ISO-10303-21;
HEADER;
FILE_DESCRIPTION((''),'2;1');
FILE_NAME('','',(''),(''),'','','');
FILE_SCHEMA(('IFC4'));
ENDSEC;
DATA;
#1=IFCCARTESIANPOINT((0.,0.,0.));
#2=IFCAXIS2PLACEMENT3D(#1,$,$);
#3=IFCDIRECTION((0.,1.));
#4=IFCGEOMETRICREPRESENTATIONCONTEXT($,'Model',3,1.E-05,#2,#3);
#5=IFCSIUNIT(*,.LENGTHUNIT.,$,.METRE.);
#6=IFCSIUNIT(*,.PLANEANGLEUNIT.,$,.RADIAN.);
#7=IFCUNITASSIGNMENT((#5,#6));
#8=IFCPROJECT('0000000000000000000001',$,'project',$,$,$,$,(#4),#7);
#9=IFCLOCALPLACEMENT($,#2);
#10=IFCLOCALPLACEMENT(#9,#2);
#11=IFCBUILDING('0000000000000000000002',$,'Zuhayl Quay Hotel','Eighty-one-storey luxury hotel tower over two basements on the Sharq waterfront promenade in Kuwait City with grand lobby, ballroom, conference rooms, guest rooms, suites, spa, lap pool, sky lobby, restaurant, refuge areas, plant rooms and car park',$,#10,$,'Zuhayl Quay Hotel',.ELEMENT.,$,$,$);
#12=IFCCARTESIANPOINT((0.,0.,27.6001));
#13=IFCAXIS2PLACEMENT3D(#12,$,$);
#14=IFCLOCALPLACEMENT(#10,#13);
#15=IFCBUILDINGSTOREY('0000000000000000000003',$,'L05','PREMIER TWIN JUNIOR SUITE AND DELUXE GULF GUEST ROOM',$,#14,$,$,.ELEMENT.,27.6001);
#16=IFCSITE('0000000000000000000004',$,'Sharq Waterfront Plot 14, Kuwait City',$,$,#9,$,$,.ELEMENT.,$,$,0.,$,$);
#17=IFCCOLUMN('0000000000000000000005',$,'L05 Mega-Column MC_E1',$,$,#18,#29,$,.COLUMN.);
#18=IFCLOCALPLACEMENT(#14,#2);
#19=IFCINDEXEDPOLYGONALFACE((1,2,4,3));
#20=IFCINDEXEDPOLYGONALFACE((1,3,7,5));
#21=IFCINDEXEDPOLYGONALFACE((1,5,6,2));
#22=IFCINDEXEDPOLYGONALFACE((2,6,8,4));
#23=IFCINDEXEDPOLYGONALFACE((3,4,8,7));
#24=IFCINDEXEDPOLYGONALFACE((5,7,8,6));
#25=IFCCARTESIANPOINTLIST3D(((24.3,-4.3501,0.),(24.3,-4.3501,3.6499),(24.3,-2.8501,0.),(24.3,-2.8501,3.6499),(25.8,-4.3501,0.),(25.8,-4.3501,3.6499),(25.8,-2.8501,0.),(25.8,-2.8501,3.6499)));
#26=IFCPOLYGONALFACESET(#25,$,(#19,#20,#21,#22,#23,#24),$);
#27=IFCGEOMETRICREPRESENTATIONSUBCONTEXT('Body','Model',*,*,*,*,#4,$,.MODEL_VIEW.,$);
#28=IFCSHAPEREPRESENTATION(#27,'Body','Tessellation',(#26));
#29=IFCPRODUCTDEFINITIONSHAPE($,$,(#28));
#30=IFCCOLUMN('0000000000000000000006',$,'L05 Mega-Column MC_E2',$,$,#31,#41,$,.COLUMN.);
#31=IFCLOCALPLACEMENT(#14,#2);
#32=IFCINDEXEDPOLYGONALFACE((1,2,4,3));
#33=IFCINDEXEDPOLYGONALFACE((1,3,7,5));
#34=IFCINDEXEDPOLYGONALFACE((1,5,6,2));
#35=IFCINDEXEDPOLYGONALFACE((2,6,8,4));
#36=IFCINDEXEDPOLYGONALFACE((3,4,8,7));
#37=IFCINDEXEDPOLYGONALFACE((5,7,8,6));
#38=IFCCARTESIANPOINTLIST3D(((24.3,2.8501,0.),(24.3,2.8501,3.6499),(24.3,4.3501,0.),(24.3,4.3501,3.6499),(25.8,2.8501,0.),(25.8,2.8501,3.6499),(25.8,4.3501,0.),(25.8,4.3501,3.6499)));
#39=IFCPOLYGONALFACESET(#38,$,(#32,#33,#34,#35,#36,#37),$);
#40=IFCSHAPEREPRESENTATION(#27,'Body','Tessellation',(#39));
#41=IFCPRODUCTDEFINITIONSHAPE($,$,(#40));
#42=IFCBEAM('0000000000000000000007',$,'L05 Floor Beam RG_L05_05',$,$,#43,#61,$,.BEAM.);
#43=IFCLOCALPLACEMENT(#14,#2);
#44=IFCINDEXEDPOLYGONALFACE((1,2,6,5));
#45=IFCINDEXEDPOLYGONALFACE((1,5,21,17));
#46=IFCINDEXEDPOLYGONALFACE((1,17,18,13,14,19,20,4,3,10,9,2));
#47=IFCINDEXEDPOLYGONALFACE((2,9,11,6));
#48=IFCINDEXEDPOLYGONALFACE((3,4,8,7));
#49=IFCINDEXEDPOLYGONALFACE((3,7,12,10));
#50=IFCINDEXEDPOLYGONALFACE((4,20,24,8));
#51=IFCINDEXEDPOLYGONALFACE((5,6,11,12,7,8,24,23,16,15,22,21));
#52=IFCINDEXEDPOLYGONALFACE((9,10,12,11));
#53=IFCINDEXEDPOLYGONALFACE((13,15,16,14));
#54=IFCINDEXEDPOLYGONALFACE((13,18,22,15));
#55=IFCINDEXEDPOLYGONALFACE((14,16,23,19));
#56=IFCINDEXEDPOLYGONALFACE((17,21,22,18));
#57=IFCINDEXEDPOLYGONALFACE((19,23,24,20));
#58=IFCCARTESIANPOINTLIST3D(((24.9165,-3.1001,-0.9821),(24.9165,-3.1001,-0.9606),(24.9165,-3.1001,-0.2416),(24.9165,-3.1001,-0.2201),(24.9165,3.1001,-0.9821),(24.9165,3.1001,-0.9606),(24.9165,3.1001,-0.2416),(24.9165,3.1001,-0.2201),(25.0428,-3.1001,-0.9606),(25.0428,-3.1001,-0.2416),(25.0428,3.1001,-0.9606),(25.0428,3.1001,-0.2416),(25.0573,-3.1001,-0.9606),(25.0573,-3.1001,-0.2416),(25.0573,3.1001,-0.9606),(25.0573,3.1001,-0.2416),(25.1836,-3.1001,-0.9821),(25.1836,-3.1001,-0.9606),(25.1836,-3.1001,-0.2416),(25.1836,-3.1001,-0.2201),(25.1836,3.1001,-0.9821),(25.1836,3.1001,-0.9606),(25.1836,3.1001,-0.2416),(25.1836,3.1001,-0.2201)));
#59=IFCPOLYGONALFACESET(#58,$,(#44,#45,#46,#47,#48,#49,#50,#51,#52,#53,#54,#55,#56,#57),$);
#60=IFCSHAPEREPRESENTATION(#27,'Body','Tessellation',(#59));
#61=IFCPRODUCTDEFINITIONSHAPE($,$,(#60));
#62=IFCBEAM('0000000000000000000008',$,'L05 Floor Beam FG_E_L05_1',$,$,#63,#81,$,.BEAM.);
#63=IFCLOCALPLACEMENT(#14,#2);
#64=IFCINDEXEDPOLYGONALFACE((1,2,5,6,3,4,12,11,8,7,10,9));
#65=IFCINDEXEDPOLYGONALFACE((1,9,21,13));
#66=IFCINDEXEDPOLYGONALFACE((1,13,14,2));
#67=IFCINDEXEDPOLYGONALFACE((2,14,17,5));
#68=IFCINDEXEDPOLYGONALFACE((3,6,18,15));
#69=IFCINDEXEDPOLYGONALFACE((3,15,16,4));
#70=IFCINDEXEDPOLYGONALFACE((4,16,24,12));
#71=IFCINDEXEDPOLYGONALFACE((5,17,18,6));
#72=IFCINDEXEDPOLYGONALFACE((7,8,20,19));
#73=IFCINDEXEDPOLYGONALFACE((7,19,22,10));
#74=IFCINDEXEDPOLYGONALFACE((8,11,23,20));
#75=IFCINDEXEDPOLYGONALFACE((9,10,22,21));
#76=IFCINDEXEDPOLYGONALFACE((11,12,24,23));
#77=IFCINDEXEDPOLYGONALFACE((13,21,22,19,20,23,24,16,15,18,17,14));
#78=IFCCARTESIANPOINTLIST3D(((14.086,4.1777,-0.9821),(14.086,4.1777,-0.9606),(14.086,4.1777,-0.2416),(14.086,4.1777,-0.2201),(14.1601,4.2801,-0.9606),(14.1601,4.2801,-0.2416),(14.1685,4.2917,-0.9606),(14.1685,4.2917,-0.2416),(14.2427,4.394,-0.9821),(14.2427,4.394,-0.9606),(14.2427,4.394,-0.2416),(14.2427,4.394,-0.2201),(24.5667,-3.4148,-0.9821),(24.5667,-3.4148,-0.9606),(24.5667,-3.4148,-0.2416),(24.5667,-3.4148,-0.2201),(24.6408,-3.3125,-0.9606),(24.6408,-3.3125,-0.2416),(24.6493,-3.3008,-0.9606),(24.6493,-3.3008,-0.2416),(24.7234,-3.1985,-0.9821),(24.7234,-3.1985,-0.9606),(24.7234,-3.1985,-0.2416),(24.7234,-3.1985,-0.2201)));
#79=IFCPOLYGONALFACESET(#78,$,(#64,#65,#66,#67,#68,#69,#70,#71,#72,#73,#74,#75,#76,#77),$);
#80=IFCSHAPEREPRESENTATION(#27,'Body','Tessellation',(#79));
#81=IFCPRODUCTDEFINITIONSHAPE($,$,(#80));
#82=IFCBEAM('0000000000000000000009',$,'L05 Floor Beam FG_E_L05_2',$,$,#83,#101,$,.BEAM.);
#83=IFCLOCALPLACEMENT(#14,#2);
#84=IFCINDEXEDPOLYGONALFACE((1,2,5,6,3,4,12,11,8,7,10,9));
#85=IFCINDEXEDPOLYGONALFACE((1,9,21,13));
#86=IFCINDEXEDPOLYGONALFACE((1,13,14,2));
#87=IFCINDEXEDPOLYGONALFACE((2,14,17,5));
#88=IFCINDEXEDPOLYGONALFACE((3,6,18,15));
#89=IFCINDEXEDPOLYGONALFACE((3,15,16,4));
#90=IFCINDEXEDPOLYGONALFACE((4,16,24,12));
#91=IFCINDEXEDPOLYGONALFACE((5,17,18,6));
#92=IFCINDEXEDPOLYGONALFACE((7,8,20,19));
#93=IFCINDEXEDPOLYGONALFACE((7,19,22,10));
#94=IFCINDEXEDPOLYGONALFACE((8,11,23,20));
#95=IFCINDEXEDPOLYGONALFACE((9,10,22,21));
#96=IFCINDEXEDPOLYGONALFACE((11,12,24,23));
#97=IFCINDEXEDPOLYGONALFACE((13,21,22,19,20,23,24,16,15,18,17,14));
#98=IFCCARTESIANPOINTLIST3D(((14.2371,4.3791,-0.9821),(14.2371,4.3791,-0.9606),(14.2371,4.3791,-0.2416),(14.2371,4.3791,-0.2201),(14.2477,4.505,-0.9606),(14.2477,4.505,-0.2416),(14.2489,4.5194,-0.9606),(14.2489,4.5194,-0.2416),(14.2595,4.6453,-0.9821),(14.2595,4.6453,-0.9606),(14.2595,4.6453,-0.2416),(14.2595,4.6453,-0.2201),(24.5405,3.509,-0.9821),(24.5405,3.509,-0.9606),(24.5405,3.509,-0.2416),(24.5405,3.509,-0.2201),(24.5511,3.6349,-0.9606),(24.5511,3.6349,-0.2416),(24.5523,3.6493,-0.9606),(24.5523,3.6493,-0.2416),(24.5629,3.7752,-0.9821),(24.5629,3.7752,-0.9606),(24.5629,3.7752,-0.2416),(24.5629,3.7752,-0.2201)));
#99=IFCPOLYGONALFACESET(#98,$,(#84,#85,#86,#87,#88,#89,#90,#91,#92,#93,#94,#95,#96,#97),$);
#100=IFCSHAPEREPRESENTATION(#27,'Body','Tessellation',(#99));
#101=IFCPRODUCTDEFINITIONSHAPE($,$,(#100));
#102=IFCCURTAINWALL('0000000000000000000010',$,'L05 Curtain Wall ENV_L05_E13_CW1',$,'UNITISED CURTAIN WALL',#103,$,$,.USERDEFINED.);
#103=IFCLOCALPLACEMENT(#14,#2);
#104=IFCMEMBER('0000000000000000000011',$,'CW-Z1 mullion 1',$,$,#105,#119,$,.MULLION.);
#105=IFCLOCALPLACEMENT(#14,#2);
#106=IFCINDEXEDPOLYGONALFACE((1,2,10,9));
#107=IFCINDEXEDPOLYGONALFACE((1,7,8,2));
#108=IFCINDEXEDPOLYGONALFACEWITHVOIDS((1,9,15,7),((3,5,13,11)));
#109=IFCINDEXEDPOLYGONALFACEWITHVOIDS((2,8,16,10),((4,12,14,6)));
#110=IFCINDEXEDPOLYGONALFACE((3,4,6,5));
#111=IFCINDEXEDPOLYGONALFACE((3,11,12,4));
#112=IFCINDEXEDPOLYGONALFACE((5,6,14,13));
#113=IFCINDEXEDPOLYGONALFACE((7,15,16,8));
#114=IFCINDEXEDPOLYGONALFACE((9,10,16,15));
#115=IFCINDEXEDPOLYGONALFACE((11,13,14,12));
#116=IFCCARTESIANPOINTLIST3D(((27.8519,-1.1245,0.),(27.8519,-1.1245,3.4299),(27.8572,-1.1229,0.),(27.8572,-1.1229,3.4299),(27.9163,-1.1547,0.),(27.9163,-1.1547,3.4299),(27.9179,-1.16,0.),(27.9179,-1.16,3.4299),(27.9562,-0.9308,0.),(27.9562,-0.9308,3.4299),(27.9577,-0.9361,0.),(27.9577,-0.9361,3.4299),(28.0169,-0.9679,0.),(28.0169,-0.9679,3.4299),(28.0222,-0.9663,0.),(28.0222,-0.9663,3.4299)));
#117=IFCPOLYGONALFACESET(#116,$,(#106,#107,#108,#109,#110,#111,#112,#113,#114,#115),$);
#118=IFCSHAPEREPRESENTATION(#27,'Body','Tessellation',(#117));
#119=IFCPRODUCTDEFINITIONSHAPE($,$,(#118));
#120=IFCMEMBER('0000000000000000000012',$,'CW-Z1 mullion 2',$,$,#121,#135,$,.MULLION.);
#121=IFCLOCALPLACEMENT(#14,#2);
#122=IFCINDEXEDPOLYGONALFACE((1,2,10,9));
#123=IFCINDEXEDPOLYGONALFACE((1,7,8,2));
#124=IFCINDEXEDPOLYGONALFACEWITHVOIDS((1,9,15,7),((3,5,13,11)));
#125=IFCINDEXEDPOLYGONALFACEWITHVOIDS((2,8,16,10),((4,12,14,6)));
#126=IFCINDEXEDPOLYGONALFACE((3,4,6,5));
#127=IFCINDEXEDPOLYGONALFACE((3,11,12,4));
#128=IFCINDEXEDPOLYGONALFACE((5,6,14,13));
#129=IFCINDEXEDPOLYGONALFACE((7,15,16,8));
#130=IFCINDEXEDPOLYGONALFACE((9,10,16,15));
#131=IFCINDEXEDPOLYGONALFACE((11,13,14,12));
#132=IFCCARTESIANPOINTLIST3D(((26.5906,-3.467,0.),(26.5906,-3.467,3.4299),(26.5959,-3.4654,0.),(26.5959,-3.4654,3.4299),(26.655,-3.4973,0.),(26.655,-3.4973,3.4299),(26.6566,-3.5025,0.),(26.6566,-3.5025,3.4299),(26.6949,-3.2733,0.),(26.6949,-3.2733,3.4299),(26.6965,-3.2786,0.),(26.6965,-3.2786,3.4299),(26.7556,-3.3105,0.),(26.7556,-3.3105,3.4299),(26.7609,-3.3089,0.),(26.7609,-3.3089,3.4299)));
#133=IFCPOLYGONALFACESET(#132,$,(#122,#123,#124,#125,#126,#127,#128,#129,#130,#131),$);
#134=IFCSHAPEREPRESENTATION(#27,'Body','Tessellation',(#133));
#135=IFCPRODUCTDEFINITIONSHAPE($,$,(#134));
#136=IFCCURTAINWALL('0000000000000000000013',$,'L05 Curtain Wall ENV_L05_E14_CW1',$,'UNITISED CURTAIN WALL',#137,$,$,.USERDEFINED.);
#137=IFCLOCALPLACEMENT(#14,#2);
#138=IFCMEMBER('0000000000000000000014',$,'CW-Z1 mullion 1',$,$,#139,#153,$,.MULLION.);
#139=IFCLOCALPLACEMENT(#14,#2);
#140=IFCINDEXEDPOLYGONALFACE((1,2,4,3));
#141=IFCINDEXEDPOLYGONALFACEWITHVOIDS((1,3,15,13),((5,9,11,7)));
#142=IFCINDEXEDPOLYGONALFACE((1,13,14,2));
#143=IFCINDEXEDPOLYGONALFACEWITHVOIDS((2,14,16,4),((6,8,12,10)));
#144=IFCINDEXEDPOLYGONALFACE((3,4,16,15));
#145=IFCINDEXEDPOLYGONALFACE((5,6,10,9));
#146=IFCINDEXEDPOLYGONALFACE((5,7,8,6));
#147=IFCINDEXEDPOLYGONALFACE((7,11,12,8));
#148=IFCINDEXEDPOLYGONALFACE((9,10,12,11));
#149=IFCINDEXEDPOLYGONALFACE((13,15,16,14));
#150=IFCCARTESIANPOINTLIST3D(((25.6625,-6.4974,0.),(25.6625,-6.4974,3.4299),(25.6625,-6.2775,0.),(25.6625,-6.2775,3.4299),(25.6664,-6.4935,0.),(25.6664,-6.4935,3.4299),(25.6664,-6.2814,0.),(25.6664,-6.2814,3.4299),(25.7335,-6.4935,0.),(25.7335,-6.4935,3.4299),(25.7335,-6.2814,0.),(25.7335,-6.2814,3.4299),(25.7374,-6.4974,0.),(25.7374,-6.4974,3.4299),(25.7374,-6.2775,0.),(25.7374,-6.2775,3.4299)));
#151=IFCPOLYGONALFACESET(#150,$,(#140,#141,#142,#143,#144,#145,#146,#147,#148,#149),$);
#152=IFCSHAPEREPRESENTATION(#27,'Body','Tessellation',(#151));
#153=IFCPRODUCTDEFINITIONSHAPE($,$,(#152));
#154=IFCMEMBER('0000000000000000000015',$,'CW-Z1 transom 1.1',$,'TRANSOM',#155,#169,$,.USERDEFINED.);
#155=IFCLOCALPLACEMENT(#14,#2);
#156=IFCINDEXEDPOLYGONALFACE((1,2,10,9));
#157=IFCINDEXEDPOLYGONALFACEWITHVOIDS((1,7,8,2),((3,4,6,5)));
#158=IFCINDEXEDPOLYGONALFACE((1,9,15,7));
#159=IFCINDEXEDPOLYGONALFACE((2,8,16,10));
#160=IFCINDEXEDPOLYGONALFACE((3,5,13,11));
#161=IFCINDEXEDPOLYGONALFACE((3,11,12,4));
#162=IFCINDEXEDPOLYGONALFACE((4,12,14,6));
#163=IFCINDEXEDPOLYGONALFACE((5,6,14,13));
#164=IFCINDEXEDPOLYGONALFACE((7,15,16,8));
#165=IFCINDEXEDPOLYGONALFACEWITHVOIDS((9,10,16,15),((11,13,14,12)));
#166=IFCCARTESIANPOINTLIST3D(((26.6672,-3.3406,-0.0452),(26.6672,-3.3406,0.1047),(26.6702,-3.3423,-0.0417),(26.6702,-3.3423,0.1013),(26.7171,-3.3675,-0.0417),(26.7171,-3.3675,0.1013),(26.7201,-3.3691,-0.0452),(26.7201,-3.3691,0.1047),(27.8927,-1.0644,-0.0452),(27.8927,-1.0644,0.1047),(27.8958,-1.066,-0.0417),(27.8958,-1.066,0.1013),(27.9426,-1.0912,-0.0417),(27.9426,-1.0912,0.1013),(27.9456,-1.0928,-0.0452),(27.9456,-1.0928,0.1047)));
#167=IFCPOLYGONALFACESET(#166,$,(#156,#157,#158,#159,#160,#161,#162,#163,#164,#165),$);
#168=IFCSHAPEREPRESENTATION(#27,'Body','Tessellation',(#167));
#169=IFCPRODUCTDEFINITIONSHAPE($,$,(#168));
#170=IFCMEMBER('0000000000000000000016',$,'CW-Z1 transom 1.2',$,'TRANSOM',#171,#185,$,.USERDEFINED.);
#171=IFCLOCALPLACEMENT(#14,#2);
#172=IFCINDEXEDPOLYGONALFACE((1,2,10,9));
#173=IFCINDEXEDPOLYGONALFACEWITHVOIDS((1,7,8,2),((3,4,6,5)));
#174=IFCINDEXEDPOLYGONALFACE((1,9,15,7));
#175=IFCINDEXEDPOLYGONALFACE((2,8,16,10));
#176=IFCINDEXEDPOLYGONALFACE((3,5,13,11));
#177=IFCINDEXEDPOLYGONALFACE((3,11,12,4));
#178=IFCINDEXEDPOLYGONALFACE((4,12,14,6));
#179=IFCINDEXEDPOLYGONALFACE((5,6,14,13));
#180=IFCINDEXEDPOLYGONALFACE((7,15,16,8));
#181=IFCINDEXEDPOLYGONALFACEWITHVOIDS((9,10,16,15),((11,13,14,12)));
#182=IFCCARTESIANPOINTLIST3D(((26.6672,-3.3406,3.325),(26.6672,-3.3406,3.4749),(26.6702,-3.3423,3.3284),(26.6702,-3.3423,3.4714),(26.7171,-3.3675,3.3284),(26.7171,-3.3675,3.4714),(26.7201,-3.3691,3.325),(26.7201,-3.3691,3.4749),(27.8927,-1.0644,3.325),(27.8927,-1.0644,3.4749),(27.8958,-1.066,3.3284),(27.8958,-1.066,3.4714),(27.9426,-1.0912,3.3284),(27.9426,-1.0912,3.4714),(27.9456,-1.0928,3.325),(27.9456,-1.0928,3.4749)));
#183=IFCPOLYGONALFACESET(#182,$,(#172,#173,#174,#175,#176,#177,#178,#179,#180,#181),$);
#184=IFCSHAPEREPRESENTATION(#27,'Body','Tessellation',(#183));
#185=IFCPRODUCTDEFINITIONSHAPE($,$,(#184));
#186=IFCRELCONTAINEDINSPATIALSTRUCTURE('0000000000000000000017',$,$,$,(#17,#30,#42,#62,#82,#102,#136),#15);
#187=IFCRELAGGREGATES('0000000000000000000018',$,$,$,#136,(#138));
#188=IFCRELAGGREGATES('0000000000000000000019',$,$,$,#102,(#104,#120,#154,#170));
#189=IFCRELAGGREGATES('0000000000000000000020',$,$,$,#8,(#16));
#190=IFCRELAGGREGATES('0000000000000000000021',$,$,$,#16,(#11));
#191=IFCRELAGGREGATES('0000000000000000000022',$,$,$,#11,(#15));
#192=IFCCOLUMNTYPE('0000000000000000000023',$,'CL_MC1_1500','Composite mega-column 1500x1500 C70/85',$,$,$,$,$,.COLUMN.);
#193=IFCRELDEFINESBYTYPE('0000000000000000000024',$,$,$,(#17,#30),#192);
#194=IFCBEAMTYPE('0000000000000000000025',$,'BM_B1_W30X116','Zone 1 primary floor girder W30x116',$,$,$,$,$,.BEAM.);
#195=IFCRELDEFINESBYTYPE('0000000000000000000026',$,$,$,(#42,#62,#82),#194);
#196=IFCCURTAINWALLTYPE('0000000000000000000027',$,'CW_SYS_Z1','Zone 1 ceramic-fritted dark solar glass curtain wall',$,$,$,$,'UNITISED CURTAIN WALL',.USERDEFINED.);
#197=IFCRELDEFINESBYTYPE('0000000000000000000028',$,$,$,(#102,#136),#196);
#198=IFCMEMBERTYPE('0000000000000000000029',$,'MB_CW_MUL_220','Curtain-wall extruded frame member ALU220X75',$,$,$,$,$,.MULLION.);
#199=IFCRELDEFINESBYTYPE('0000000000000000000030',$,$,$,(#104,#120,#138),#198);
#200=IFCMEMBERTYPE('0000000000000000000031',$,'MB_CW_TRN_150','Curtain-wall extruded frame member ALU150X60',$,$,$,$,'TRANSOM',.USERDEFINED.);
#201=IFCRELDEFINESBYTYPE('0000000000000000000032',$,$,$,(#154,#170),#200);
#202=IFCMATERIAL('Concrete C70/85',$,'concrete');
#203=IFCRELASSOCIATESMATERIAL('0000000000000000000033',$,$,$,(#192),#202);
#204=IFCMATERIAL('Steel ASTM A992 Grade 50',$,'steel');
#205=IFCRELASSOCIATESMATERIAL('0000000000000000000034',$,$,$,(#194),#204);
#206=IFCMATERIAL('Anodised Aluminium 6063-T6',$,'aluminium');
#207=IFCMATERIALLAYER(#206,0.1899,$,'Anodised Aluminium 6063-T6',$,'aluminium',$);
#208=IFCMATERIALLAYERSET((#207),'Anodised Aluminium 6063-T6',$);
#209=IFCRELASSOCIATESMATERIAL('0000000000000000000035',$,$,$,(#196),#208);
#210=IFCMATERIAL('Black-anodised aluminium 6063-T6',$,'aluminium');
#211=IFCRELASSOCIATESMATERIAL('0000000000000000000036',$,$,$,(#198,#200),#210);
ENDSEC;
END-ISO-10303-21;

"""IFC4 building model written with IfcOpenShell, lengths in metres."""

from ifc_helpers import new_model, si_unit, direction, frame, origin, origin_2d, place, context, subcontext, project, spatial, rectangle, hollow_rectangle, i_section, extrude, material, layer, layer_set, material_profile, profile_set, type_object, element, aggregate, save


model = new_model("IFC4")

# Units and contexts
model_context = context("Model", 3, precision=1e-05, world=origin(), true_north=direction((0.0, 1.0)))
body_context = subcontext(model_context, "Body", "Model", "MODEL_VIEW")
ifc_project = project(units=[si_unit("LENGTHUNIT", "METRE"), si_unit("PLANEANGLEUNIT", "RADIAN")], contexts=[model_context])

# Site, building, storey
site_placement = place(None, origin())
site = spatial("IfcSite", under=ifc_project, at=site_placement, Name="Sharq Waterfront Plot 14, Kuwait City", CompositionType="ELEMENT", RefElevation=0.0)
building_placement = place(site_placement, origin())
building = spatial("IfcBuilding", under=site, at=building_placement, Name="Zuhayl Quay Hotel", Description="Eighty-one-storey luxury hotel tower over two basements on the Sharq waterfront promenade in Kuwait City with grand lobby, ballroom, conference rooms, guest rooms, suites, spa, lap pool, sky lobby, restaurant, refuge areas, plant rooms and car park", LongName="Zuhayl Quay Hotel", CompositionType="ELEMENT")
storey_placement = place(building_placement, frame((0.0, 0.0, 27.6001)))
storey = spatial("IfcBuildingStorey", under=building, at=storey_placement, Name="L05", Description="PREMIER TWIN JUNIOR SUITE AND DELUXE GULF GUEST ROOM", CompositionType="ELEMENT", Elevation=27.6001)

# Columns
ifc_material_1 = material(Name="Concrete C70/85", Category="concrete")
ifc_material_profile_1 = material_profile(ifc_material_1, rectangle(XDim=1.5, YDim=1.5, at=origin_2d()), Name="RC1500X1500")
ifc_profile_set_1 = profile_set([ifc_material_profile_1], Name="Concrete C70/85")
column_type = type_object("IfcColumnType", Name="CL_MC1_1500", Description="Composite mega-column 1500x1500 C70/85", PredefinedType="COLUMN", material=ifc_profile_set_1)
for number, where, z_axis, x_axis, name in (
    (1, (25.05, -3.6001, 0.0), (0.0, 0.0, 1.0), (1.0, 0.0, 0.0), "L05 Mega-Column MC_E1"),
    (2, (25.05, 3.6001, 0.0), (0.0, 0.0, 1.0), (1.0, 0.0, 0.0), "L05 Mega-Column MC_E2"),
):
    element("IfcColumn", number, at=place(storey_placement, frame(where, z_axis=z_axis, x_axis=x_axis)), inside=storey, type_object=column_type, Name=name, PredefinedType="COLUMN", context=body_context, shape_type="SweptSolid", body=[
        extrude(rectangle(XDim=1.5, YDim=1.5, at=origin_2d()), origin(), (0.0, 0.0, 1.0), 3.6499),
    ])

# Beams
ifc_material_2 = material(Name="Steel ASTM A992 Grade 50", Category="steel")
ifc_material_profile_2 = material_profile(ifc_material_2, i_section(OverallWidth=0.2671, OverallDepth=0.762, WebThickness=0.0144, FlangeThickness=0.0215, at=origin_2d()), Name="W30X116")
ifc_profile_set_2 = profile_set([ifc_material_profile_2], Name="Steel ASTM A992 Grade 50")
beam_type = type_object("IfcBeamType", Name="BM_B1_W30X116", Description="Zone 1 primary floor girder W30x116", PredefinedType="BEAM", material=ifc_profile_set_2)
beam_1_placement = place(storey_placement, frame((25.05, -3.1001, -0.6011), z_axis=(0.0, 1.0, 0.0), x_axis=(-1.0, 0.0, 0.0)))
element("IfcBeam", 3, at=beam_1_placement, inside=storey, type_object=beam_type, Name="L05 Floor Beam RG_L05_05", PredefinedType="BEAM", context=body_context, shape_type="SweptSolid", body=[
    extrude(i_section(OverallWidth=0.2671, OverallDepth=0.762, WebThickness=0.0144, FlangeThickness=0.0215, at=origin_2d()), origin(), (0.0, 0.0, 1.0), 6.2002),
])
beam_2_placement = place(storey_placement, frame((14.1643, 4.2859, -0.6011), z_axis=(0.80983, -0.586664, 0.0), x_axis=(0.586664, 0.80983, 0.0)))
element("IfcBeam", 4, at=beam_2_placement, inside=storey, type_object=beam_type, Name="L05 Floor Beam FG_E_L05_1", PredefinedType="BEAM", context=body_context, shape_type="SweptSolid", body=[
    extrude(i_section(OverallWidth=0.2671, OverallDepth=0.762, WebThickness=0.0144, FlangeThickness=0.0215, at=origin_2d()), origin(), (0.0, 0.0, 1.0), 12.9419),
])
beam_3_placement = place(storey_placement, frame((14.2483, 4.5122, -0.6011), z_axis=(0.996453, -0.084149, 0.0), x_axis=(0.084149, 0.996453, 0.0)))
element("IfcBeam", 5, at=beam_3_placement, inside=storey, type_object=beam_type, Name="L05 Floor Beam FG_E_L05_2", PredefinedType="BEAM", context=body_context, shape_type="SweptSolid", body=[
    extrude(i_section(OverallWidth=0.2671, OverallDepth=0.762, WebThickness=0.0144, FlangeThickness=0.0215, at=origin_2d()), origin(), (0.0, 0.0, 1.0), 10.3401),
])

# Curtain wall, members
ifc_material_3 = material(Name="Anodised Aluminium 6063-T6", Category="aluminium")
ifc_layer_1 = layer(ifc_material_3, 0.1899, Name="Anodised Aluminium 6063-T6", Category="aluminium")
ifc_layer_set_1 = layer_set([ifc_layer_1], Name="Anodised Aluminium 6063-T6")
curtain_wall_type = type_object("IfcCurtainWallType", Name="CW_SYS_Z1", Description="Zone 1 ceramic-fritted dark solar glass curtain wall", ElementType="UNITISED CURTAIN WALL", PredefinedType="USERDEFINED", material=ifc_layer_set_1)
curtain_wall_1_placement = place(storey_placement, origin())
curtain_wall_1 = element("IfcCurtainWall", 6, at=curtain_wall_1_placement, inside=storey, type_object=curtain_wall_type, Name="L05 Curtain Wall ENV_L05_E13_CW1", ObjectType="UNITISED CURTAIN WALL", PredefinedType="USERDEFINED")
ifc_material_4 = material(Name="Black-anodised aluminium 6063-T6", Category="aluminium")
ifc_material_profile_3 = material_profile(ifc_material_4, hollow_rectangle(XDim=0.075, YDim=0.22, WallThickness=0.0039, at=origin_2d()), Name="ALU220X75")
ifc_profile_set_3 = profile_set([ifc_material_profile_3], Name="Black-anodised aluminium 6063-T6")
member_type_1 = type_object("IfcMemberType", Name="MB_CW_MUL_220", Description="Curtain-wall extruded frame member ALU220X75", PredefinedType="MULLION", material=ifc_profile_set_3)
member_1_placement = place(storey_placement, frame((27.937, -1.0454, 0.0), z_axis=(0.0, 0.0, 1.0), x_axis=(0.880476, -0.474091, 0.0)))
member_1 = element("IfcMember", 7, at=member_1_placement, type_object=member_type_1, Name="CW-Z1 mullion 1", PredefinedType="MULLION", context=body_context, shape_type="SweptSolid", body=[
    extrude(hollow_rectangle(XDim=0.075, YDim=0.22, WallThickness=0.0039, at=origin_2d()), origin(), (0.0, 0.0, 1.0), 3.4299),
])
member_2_placement = place(storey_placement, frame((26.6758, -3.3879, 0.0), z_axis=(0.0, 0.0, 1.0), x_axis=(0.880476, -0.474091, 0.0)))
member_2 = element("IfcMember", 8, at=member_2_placement, type_object=member_type_1, Name="CW-Z1 mullion 2", PredefinedType="MULLION", context=body_context, shape_type="SweptSolid", body=[
    extrude(hollow_rectangle(XDim=0.075, YDim=0.22, WallThickness=0.0039, at=origin_2d()), origin(), (0.0, 0.0, 1.0), 3.4299),
])

# Curtain wall, member
curtain_wall_2_placement = place(storey_placement, origin())
curtain_wall_2 = element("IfcCurtainWall", 9, at=curtain_wall_2_placement, inside=storey, type_object=curtain_wall_type, Name="L05 Curtain Wall ENV_L05_E14_CW1", ObjectType="UNITISED CURTAIN WALL", PredefinedType="USERDEFINED")
member_3_placement = place(storey_placement, frame((25.7, -6.3875, 0.0), z_axis=(0.0, 0.0, 1.0), x_axis=(1.0, 0.0, 0.0)))
member_3 = element("IfcMember", 10, at=member_3_placement, type_object=member_type_1, Name="CW-Z1 mullion 1", PredefinedType="MULLION", context=body_context, shape_type="SweptSolid", body=[
    extrude(hollow_rectangle(XDim=0.075, YDim=0.22, WallThickness=0.0039, at=origin_2d()), origin(), (0.0, 0.0, 1.0), 3.4299),
])
aggregate(curtain_wall_2, [member_3])

# Members
ifc_material_profile_4 = material_profile(ifc_material_4, hollow_rectangle(XDim=0.0601, YDim=0.1499, WallThickness=0.0034, at=origin_2d()), Name="ALU150X60")
ifc_profile_set_4 = profile_set([ifc_material_profile_4], Name="Black-anodised aluminium 6063-T6")
member_type_2 = type_object("IfcMemberType", Name="MB_CW_TRN_150", Description="Curtain-wall extruded frame member ALU150X60", ElementType="TRANSOM", PredefinedType="USERDEFINED", material=ifc_profile_set_4)
member_4_placement = place(storey_placement, frame((27.9192, -1.0786, 0.0298), z_axis=(-0.474055, -0.880495, 0.0), x_axis=(0.880495, -0.474055, 0.0)))
member_4 = element("IfcMember", 11, at=member_4_placement, type_object=member_type_2, Name="CW-Z1 transom 1.1", ObjectType="TRANSOM", PredefinedType="USERDEFINED", context=body_context, shape_type="SweptSolid", body=[
    extrude(hollow_rectangle(XDim=0.0601, YDim=0.1499, WallThickness=0.0034, at=origin_2d()), origin(), (0.0, 0.0, 1.0), 2.5852),
])
member_5_placement = place(storey_placement, frame((27.9192, -1.0786, 3.3999), z_axis=(-0.474055, -0.880495, 0.0), x_axis=(0.880495, -0.474055, 0.0)))
member_5 = element("IfcMember", 12, at=member_5_placement, type_object=member_type_2, Name="CW-Z1 transom 1.2", ObjectType="TRANSOM", PredefinedType="USERDEFINED", context=body_context, shape_type="SweptSolid", body=[
    extrude(hollow_rectangle(XDim=0.0601, YDim=0.1499, WallThickness=0.0034, at=origin_2d()), origin(), (0.0, 0.0, 1.0), 2.5852),
])

aggregate(curtain_wall_1, [member_1, member_2, member_4, member_5])

save(model, "model.ifc")
